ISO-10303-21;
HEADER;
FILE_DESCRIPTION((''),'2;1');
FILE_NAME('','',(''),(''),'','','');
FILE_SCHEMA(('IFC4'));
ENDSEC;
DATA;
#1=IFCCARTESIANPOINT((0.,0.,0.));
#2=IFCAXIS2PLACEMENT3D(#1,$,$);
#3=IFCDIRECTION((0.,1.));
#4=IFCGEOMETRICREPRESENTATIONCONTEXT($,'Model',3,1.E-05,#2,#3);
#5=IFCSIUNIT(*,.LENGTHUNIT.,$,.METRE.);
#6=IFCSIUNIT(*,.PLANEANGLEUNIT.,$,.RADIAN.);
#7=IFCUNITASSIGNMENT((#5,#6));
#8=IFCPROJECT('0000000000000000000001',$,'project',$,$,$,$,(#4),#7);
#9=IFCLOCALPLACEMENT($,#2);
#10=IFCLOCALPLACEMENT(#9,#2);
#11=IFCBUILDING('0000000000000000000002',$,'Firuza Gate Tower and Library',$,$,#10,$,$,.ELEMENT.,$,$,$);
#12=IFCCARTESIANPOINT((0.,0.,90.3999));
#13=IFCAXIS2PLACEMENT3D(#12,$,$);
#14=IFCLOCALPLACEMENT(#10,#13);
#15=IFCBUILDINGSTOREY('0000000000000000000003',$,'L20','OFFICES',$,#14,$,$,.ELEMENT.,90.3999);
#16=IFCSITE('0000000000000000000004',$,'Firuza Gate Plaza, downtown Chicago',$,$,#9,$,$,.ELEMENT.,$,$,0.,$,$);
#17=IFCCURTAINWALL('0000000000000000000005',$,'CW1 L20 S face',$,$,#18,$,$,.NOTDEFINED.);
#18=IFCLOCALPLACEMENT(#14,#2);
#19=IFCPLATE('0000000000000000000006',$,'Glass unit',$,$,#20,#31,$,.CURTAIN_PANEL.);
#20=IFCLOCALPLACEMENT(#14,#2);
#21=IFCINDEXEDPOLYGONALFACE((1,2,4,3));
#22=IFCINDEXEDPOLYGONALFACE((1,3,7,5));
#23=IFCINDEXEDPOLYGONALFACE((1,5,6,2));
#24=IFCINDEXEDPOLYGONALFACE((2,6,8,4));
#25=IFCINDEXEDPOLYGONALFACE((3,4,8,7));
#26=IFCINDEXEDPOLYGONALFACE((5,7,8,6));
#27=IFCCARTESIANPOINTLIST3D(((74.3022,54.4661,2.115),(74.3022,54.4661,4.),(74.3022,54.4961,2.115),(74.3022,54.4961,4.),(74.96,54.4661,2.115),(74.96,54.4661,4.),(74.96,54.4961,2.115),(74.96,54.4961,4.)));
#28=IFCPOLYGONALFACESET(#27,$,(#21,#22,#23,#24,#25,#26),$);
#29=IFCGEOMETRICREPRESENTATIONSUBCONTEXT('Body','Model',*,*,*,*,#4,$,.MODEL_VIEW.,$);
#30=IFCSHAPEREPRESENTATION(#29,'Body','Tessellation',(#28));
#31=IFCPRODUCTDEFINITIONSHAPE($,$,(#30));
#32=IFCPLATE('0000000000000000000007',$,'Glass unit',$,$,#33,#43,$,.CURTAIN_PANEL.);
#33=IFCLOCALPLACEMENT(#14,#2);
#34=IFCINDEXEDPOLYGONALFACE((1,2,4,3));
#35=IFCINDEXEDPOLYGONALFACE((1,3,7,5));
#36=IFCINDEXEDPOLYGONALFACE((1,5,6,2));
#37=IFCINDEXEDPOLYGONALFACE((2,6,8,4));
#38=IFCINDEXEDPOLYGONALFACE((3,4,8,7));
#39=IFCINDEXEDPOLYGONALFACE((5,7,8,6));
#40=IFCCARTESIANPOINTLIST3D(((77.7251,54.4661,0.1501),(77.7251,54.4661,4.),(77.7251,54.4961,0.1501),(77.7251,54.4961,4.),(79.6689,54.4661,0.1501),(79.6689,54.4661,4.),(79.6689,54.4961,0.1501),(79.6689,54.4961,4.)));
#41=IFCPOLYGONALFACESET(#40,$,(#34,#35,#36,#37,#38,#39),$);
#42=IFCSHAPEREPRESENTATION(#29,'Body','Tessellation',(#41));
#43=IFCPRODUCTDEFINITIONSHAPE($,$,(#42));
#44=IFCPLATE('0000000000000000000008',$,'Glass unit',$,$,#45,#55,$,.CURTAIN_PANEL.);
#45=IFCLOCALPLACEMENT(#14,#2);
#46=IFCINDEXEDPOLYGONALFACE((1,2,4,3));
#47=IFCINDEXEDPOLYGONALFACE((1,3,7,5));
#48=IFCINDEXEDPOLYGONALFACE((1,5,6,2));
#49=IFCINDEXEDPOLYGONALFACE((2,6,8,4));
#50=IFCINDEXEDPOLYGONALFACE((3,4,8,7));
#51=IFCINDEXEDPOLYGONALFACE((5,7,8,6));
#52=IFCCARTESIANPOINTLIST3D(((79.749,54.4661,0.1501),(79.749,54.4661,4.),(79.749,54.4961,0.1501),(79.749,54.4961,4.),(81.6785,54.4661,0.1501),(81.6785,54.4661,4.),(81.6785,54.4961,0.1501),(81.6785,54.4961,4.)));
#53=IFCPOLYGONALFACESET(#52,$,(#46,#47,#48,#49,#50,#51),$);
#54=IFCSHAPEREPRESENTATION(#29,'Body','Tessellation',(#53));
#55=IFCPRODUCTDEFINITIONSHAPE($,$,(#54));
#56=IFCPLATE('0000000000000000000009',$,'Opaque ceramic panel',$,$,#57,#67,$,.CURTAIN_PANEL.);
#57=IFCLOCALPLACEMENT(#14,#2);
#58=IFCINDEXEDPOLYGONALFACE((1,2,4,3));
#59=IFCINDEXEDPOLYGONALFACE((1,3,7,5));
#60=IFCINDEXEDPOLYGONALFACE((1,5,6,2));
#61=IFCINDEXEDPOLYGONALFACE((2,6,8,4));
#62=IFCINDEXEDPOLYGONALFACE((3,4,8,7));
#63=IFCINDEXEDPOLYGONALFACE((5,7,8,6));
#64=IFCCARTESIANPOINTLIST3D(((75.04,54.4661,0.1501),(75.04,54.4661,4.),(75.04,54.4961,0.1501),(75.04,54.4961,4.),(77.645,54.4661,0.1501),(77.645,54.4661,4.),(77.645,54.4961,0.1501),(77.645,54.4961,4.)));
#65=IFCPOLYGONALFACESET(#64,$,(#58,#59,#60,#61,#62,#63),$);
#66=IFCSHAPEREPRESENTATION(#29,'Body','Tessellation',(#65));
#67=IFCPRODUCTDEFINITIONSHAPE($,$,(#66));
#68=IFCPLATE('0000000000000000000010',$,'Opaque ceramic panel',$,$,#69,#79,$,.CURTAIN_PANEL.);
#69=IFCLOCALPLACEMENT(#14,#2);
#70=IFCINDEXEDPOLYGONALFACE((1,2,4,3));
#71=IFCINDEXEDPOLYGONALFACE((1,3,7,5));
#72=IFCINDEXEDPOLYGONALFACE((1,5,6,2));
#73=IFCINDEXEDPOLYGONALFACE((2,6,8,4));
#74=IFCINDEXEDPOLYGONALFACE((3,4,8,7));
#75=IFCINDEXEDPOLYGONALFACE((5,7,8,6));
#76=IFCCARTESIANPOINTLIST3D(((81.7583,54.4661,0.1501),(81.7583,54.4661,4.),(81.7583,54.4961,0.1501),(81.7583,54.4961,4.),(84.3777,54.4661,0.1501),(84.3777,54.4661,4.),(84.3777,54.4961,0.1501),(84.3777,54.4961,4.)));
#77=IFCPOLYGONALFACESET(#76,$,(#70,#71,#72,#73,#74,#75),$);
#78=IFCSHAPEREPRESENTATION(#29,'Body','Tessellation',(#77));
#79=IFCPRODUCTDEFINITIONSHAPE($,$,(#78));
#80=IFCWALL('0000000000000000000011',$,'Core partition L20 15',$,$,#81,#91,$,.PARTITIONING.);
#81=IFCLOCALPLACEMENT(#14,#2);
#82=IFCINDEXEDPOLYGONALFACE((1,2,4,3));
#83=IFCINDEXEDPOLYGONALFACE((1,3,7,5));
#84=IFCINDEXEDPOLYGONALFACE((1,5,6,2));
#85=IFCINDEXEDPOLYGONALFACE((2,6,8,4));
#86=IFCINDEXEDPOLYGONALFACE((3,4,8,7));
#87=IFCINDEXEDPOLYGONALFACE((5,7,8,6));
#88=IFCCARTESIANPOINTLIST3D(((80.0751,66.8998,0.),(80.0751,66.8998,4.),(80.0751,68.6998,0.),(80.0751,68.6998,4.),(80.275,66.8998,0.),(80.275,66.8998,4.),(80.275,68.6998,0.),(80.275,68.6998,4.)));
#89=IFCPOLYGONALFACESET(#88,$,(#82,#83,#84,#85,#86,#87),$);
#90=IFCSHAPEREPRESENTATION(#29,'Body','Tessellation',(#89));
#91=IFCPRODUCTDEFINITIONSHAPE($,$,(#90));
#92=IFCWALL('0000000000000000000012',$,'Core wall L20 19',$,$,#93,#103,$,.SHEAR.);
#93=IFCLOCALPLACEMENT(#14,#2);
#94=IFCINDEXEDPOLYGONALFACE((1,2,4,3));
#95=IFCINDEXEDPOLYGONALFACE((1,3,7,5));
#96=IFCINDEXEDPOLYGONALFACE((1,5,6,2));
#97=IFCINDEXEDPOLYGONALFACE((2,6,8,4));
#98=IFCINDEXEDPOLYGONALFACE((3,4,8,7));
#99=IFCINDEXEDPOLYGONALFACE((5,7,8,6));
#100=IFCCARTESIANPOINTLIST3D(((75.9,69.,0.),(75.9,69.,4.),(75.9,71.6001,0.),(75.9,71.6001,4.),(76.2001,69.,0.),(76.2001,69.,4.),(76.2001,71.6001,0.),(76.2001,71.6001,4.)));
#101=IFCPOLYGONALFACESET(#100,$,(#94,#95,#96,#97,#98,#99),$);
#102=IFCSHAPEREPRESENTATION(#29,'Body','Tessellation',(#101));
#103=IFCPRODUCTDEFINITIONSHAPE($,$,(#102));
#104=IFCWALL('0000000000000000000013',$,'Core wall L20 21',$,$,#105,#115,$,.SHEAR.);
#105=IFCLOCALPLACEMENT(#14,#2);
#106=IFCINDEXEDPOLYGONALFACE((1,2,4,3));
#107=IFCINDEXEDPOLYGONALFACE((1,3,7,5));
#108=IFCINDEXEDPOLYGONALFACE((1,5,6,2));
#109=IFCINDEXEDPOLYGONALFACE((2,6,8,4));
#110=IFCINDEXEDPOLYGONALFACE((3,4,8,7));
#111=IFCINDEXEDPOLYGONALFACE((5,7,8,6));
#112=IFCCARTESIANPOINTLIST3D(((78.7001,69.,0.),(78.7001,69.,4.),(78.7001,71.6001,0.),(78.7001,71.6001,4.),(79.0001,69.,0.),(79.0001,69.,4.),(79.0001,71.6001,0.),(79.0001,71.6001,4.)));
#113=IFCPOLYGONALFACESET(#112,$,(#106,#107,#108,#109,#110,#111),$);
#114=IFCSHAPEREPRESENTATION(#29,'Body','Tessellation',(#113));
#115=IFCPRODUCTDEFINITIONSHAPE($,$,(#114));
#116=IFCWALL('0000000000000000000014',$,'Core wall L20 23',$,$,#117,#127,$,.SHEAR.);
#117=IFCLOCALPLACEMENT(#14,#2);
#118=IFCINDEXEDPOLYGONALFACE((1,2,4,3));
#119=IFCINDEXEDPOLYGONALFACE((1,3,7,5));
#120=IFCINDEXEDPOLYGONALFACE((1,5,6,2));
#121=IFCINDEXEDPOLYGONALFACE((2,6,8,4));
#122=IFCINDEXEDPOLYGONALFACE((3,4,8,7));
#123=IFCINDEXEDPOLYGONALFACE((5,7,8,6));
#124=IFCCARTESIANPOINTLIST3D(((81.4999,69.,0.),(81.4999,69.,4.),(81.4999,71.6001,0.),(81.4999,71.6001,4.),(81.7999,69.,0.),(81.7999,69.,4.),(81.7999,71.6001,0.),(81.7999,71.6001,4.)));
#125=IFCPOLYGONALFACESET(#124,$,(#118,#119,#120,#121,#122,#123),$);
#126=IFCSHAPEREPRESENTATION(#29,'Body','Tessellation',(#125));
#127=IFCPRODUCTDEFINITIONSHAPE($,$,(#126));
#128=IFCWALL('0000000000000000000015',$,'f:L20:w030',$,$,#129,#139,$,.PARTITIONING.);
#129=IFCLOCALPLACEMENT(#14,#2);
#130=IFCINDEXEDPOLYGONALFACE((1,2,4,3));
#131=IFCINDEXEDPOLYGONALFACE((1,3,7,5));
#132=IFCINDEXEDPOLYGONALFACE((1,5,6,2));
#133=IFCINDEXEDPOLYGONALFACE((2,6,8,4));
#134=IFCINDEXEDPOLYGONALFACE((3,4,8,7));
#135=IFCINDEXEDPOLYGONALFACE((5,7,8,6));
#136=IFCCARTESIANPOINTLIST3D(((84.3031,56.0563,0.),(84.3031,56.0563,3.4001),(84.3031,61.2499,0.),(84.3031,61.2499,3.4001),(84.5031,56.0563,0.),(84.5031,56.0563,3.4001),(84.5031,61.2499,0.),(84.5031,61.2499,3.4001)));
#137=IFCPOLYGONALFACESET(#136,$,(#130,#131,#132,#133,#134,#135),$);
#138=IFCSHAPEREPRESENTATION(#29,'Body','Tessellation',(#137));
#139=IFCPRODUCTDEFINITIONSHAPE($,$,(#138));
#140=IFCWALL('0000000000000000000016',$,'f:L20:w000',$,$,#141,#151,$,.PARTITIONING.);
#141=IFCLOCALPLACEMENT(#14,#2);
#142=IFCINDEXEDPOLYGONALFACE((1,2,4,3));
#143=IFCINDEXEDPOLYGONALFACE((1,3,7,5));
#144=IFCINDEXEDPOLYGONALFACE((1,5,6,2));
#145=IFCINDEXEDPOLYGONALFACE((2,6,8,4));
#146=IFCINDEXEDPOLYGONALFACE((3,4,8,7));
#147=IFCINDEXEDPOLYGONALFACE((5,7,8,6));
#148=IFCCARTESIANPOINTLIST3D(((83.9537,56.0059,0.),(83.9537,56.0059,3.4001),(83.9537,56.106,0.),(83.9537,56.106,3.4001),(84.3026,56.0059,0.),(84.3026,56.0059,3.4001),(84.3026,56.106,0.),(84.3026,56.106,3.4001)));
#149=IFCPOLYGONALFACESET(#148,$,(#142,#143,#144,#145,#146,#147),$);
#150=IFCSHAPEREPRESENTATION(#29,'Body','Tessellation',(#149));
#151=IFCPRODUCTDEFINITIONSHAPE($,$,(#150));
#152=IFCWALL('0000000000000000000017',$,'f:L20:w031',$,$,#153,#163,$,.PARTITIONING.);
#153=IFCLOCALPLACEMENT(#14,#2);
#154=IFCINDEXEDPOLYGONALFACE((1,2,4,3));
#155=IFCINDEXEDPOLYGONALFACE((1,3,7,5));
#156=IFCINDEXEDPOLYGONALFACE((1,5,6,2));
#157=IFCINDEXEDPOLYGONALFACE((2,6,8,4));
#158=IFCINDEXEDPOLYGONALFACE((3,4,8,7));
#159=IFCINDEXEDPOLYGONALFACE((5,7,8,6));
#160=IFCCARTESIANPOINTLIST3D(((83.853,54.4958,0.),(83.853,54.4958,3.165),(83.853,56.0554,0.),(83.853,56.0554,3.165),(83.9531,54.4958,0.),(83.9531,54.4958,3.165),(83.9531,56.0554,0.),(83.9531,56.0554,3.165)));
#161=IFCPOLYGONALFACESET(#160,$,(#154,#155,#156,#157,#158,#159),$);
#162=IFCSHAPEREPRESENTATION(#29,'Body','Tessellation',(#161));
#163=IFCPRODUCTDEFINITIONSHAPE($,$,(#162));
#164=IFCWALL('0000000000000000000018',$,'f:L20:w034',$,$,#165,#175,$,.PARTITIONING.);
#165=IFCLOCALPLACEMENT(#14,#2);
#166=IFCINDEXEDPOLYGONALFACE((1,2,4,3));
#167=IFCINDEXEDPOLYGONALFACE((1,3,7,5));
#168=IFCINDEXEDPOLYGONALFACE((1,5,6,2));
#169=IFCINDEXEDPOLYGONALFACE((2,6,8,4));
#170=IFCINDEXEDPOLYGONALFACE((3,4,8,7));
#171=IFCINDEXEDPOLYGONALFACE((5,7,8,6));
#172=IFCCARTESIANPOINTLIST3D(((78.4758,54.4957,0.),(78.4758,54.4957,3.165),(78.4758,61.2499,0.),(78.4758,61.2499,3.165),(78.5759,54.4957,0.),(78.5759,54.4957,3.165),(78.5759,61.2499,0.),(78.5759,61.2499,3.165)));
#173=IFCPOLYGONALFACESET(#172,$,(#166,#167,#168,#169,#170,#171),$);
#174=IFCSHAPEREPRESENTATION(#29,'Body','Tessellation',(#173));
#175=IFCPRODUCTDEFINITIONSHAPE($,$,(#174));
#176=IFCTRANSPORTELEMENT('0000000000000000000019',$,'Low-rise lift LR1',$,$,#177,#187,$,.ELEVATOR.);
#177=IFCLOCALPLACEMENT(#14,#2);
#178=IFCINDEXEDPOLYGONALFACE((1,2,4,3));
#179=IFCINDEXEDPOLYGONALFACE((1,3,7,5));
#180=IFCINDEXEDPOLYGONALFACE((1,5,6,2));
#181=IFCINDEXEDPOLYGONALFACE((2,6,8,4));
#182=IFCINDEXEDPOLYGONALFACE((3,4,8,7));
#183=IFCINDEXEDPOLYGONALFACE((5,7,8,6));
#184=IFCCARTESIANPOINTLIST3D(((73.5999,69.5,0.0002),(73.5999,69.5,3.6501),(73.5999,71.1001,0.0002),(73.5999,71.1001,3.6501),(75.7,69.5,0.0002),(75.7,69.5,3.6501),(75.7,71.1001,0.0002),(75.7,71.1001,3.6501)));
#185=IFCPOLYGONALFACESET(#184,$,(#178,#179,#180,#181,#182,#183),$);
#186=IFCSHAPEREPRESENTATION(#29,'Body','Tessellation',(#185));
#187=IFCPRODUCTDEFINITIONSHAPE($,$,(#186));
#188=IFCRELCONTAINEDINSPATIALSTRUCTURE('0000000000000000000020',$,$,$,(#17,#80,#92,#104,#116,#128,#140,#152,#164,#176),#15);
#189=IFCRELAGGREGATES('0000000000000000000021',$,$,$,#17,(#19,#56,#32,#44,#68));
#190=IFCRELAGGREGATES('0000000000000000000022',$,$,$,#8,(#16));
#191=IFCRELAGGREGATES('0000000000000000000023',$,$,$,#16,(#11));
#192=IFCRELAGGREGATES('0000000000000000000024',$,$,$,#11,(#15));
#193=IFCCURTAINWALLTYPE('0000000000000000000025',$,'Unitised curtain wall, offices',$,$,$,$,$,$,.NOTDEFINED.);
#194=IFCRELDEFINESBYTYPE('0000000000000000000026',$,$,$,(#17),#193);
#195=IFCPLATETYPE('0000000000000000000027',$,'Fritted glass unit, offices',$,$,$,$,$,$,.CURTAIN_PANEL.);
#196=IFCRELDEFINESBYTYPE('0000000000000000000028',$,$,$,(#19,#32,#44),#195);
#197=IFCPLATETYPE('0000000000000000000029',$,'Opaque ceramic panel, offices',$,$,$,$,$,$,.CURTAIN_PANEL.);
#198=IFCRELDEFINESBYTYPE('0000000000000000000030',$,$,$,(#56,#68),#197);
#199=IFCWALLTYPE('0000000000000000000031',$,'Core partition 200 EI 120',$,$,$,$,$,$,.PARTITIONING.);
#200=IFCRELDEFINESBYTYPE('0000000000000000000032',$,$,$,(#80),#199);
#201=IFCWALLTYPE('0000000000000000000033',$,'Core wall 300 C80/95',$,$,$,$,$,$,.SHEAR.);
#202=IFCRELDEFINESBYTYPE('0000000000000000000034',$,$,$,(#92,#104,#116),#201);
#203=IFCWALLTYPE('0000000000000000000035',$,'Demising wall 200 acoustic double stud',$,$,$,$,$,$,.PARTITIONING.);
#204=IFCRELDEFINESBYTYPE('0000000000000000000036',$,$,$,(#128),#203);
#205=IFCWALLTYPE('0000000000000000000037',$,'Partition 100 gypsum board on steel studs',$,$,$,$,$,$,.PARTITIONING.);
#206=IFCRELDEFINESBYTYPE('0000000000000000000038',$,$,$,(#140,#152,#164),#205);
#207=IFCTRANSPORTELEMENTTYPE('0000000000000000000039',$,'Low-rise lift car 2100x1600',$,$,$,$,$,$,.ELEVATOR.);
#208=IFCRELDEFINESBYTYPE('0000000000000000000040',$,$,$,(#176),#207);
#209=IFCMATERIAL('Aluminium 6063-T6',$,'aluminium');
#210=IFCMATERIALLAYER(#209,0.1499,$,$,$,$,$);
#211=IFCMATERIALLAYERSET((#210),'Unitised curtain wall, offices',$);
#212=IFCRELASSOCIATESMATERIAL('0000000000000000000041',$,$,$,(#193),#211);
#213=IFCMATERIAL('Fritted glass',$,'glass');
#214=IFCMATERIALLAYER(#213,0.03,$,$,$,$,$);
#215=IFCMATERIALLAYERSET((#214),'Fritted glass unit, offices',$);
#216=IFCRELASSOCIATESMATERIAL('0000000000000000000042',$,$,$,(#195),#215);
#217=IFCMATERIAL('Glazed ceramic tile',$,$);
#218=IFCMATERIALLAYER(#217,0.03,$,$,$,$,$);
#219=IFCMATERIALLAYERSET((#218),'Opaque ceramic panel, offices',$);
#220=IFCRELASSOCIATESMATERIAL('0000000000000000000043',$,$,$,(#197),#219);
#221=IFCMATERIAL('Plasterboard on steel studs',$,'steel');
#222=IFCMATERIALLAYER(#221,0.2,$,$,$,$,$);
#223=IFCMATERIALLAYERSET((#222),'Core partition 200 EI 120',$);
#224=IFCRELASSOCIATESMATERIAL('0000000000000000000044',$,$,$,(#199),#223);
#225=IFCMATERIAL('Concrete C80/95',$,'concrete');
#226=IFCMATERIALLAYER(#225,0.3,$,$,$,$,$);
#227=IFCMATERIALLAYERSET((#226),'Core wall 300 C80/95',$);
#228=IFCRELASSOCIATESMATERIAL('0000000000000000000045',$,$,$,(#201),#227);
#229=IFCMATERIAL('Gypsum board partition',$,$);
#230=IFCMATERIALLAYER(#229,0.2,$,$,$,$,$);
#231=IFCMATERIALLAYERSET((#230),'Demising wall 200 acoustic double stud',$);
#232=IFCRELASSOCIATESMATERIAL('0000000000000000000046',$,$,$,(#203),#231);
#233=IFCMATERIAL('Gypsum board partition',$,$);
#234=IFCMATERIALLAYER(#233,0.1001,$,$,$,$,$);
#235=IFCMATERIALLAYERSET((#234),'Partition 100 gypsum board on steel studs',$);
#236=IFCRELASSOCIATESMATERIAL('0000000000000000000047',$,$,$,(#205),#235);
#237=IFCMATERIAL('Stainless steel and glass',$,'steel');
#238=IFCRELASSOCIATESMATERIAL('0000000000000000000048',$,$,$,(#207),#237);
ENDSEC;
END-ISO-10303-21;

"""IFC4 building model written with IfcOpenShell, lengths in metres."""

from ifc_helpers import new_model, si_unit, direction, frame, frame_2d, origin, origin_2d, place, context, subcontext, project, spatial, polyline, rectangle, outline, extrude, material, layer, layer_set, type_object, element, aggregate, save


model = new_model("IFC4")

# Units and contexts
model_context = context("Model", 3, precision=1e-05, world=origin(), true_north=direction((0.0, 1.0)))
body_context = subcontext(model_context, "Body", "Model", "MODEL_VIEW")
ifc_project = project(units=[si_unit("LENGTHUNIT", "METRE"), si_unit("PLANEANGLEUNIT", "RADIAN")], contexts=[model_context])

# Site, building, storey
site_placement = place(None, origin())
site = spatial("IfcSite", under=ifc_project, at=site_placement, Name="Firuza Gate Plaza, downtown Chicago", CompositionType="ELEMENT", RefElevation=0.0)
building_placement = place(site_placement, origin())
building = spatial("IfcBuilding", under=site, at=building_placement, Name="Firuza Gate Tower and Library", CompositionType="ELEMENT")
storey_placement = place(building_placement, frame((0.0, 0.0, 90.3999)))
storey = spatial("IfcBuildingStorey", under=building, at=storey_placement, Name="L20", Description="OFFICES", CompositionType="ELEMENT", Elevation=90.3999)

# Curtain wall
ifc_material_1 = material(Name="Aluminium 6063-T6", Category="aluminium")
ifc_layer_1 = layer(ifc_material_1, 0.1499)
ifc_layer_set_1 = layer_set([ifc_layer_1], Name="Unitised curtain wall, offices")
curtain_wall_type = type_object("IfcCurtainWallType", Name="Unitised curtain wall, offices", PredefinedType="NOTDEFINED", material=ifc_layer_set_1)
curtain_wall_placement = place(storey_placement, origin())
curtain_wall = element("IfcCurtainWall", 1, at=curtain_wall_placement, inside=storey, type_object=curtain_wall_type, Name="CW1 L20 S face", PredefinedType="NOTDEFINED")

# Plates
ifc_material_2 = material(Name="Fritted glass", Category="glass")
ifc_layer_2 = layer(ifc_material_2, 0.03)
ifc_layer_set_2 = layer_set([ifc_layer_2], Name="Fritted glass unit, offices")
plate_type_1 = type_object("IfcPlateType", Name="Fritted glass unit, offices", PredefinedType="CURTAIN_PANEL", material=ifc_layer_set_2)
plate_1_placement = place(storey_placement, frame((74.3022, 54.4661, 2.115), z_axis=(0.0, -1.0, 0.0), x_axis=(1.0, 0.0, 0.0)))
plate_1 = element("IfcPlate", 2, at=plate_1_placement, type_object=plate_type_1, Name="Glass unit", PredefinedType="CURTAIN_PANEL", context=body_context, shape_type="SweptSolid", body=[
    extrude(outline(polyline([(0.0, 0.0), (0.6577, 0.0), (0.6577, 1.885), (0.0, 1.885), (0.0, 0.0)])), origin(), (0.0, 0.0, -1.0), 0.03),
])
plate_2_placement = place(storey_placement, frame((77.7251, 54.4661, 0.1501), z_axis=(0.0, -1.0, 0.0), x_axis=(1.0, 0.0, 0.0)))
plate_2 = element("IfcPlate", 3, at=plate_2_placement, type_object=plate_type_1, Name="Glass unit", PredefinedType="CURTAIN_PANEL", context=body_context, shape_type="SweptSolid", body=[
    extrude(outline(polyline([(0.0, 0.0), (1.9438, 0.0), (1.9438, 3.8499), (0.0, 3.8499), (0.0, 0.0)])), origin(), (0.0, 0.0, -1.0), 0.03),
])
plate_3_placement = place(storey_placement, frame((79.749, 54.4661, 0.1501), z_axis=(0.0, -1.0, 0.0), x_axis=(1.0, 0.0, 0.0)))
plate_3 = element("IfcPlate", 4, at=plate_3_placement, type_object=plate_type_1, Name="Glass unit", PredefinedType="CURTAIN_PANEL", context=body_context, shape_type="SweptSolid", body=[
    extrude(outline(polyline([(0.0, 0.0), (1.9294, 0.0), (1.9294, 3.8499), (0.0, 3.8499), (0.0, 0.0)])), origin(), (0.0, 0.0, -1.0), 0.03),
])
ifc_material_3 = material(Name="Glazed ceramic tile")
ifc_layer_3 = layer(ifc_material_3, 0.03)
ifc_layer_set_3 = layer_set([ifc_layer_3], Name="Opaque ceramic panel, offices")
plate_type_2 = type_object("IfcPlateType", Name="Opaque ceramic panel, offices", PredefinedType="CURTAIN_PANEL", material=ifc_layer_set_3)
plate_4_placement = place(storey_placement, frame((75.04, 54.4661, 0.1501), z_axis=(0.0, -1.0, 0.0), x_axis=(1.0, 0.0, 0.0)))
plate_4 = element("IfcPlate", 5, at=plate_4_placement, type_object=plate_type_2, Name="Opaque ceramic panel", PredefinedType="CURTAIN_PANEL", context=body_context, shape_type="SweptSolid", body=[
    extrude(outline(polyline([(0.0, 0.0), (2.605, 0.0), (2.605, 3.8499), (0.0, 3.8499), (0.0, 0.0)])), origin(), (0.0, 0.0, -1.0), 0.03),
])
plate_5_placement = place(storey_placement, frame((81.7583, 54.4661, 0.1501), z_axis=(0.0, -1.0, 0.0), x_axis=(1.0, 0.0, 0.0)))
plate_5 = element("IfcPlate", 6, at=plate_5_placement, type_object=plate_type_2, Name="Opaque ceramic panel", PredefinedType="CURTAIN_PANEL", context=body_context, shape_type="SweptSolid", body=[
    extrude(outline(polyline([(0.0, 0.0), (2.6194, 0.0), (2.6194, 3.8499), (0.0, 3.8499), (0.0, 0.0)])), origin(), (0.0, 0.0, -1.0), 0.03),
])
aggregate(curtain_wall, [plate_1, plate_4, plate_2, plate_3, plate_5])

# Walls
ifc_material_4 = material(Name="Plasterboard on steel studs", Category="steel")
ifc_layer_4 = layer(ifc_material_4, 0.2)
ifc_layer_set_4 = layer_set([ifc_layer_4], Name="Core partition 200 EI 120")
wall_type_1 = type_object("IfcWallType", Name="Core partition 200 EI 120", PredefinedType="PARTITIONING", material=ifc_layer_set_4)
wall_1_placement = place(storey_placement, frame((80.175, 66.8999, 0.0), z_axis=(0.0, 0.0, 1.0), x_axis=(0.0, 1.0, 0.0)))
element("IfcWall", 7, at=wall_1_placement, inside=storey, type_object=wall_type_1, Name="Core partition L20 15", PredefinedType="PARTITIONING", context=body_context, shape_type="SweptSolid", body=[
    extrude(rectangle(XDim=1.8, YDim=0.2, at=frame_2d((0.8999, 0.0))), origin(), (0.0, 0.0, 1.0), 4.0),
])
ifc_material_5 = material(Name="Concrete C80/95", Category="concrete")
ifc_layer_5 = layer(ifc_material_5, 0.3)
ifc_layer_set_5 = layer_set([ifc_layer_5], Name="Core wall 300 C80/95")
wall_type_2 = type_object("IfcWallType", Name="Core wall 300 C80/95", PredefinedType="SHEAR", material=ifc_layer_set_5)
for number, where, z_axis, x_axis, name in (
    (8, (76.05, 69.0, 0.0), (0.0, 0.0, 1.0), (0.0, 1.0, 0.0), "Core wall L20 19"),
    (9, (78.8501, 69.0, 0.0), (0.0, 0.0, 1.0), (0.0, 1.0, 0.0), "Core wall L20 21"),
    (10, (81.6499, 69.0, 0.0), (0.0, 0.0, 1.0), (0.0, 1.0, 0.0), "Core wall L20 23"),
):
    element("IfcWall", number, at=place(storey_placement, frame(where, z_axis=z_axis, x_axis=x_axis)), inside=storey, type_object=wall_type_2, Name=name, PredefinedType="SHEAR", context=body_context, shape_type="SweptSolid", body=[
        extrude(rectangle(XDim=2.6001, YDim=0.3, at=frame_2d((1.3, 0.0))), origin(), (0.0, 0.0, 1.0), 4.0),
    ])
ifc_material_6 = material(Name="Gypsum board partition")
ifc_layer_6 = layer(ifc_material_6, 0.2)
ifc_layer_set_6 = layer_set([ifc_layer_6], Name="Demising wall 200 acoustic double stud")
wall_type_3 = type_object("IfcWallType", Name="Demising wall 200 acoustic double stud", PredefinedType="PARTITIONING", material=ifc_layer_set_6)
wall_2_placement = place(storey_placement, frame((84.4031, 56.0564, 0.0), z_axis=(0.0, 0.0, 1.0), x_axis=(0.0, 1.0, 0.0)))
element("IfcWall", 11, at=wall_2_placement, inside=storey, type_object=wall_type_3, Name="f:L20:w030", PredefinedType="PARTITIONING", context=body_context, shape_type="SweptSolid", body=[
    extrude(rectangle(XDim=5.1936, YDim=0.2, at=frame_2d((2.5967, 0.0))), origin(), (0.0, 0.0, 1.0), 3.4001),
])
ifc_material_7 = material(Name="Gypsum board partition")
ifc_layer_7 = layer(ifc_material_7, 0.1001)
ifc_layer_set_7 = layer_set([ifc_layer_7], Name="Partition 100 gypsum board on steel studs")
wall_type_4 = type_object("IfcWallType", Name="Partition 100 gypsum board on steel studs", PredefinedType="PARTITIONING", material=ifc_layer_set_7)
wall_3_placement = place(storey_placement, frame((83.9539, 56.0559, 0.0), z_axis=(0.0, 0.0, 1.0), x_axis=(1.0, 0.0, 0.0)))
element("IfcWall", 12, at=wall_3_placement, inside=storey, type_object=wall_type_4, Name="f:L20:w000", PredefinedType="PARTITIONING", context=body_context, shape_type="SweptSolid", body=[
    extrude(rectangle(XDim=0.3489, YDim=0.1001, at=frame_2d((0.1743, 0.0))), origin(), (0.0, 0.0, 1.0), 3.4001),
])
wall_4_placement = place(storey_placement, frame((83.9031, 54.4958, 0.0), z_axis=(0.0, 0.0, 1.0), x_axis=(0.0, 1.0, 0.0)))
element("IfcWall", 13, at=wall_4_placement, inside=storey, type_object=wall_type_4, Name="f:L20:w031", PredefinedType="PARTITIONING", context=body_context, shape_type="SweptSolid", body=[
    extrude(rectangle(XDim=1.5596, YDim=0.1001, at=frame_2d((0.7798, 0.0))), origin(), (0.0, 0.0, 1.0), 3.165),
])
wall_5_placement = place(storey_placement, frame((78.5259, 54.4958, 0.0), z_axis=(0.0, 0.0, 1.0), x_axis=(0.0, 1.0, 0.0)))
element("IfcWall", 14, at=wall_5_placement, inside=storey, type_object=wall_type_4, Name="f:L20:w034", PredefinedType="PARTITIONING", context=body_context, shape_type="SweptSolid", body=[
    extrude(rectangle(XDim=6.7542, YDim=0.1001, at=frame_2d((3.377, 0.0))), origin(), (0.0, 0.0, 1.0), 3.165),
])

# Transport element
ifc_material_8 = material(Name="Stainless steel and glass", Category="steel")
transport_element_type = type_object("IfcTransportElementType", Name="Low-rise lift car 2100x1600", PredefinedType="ELEVATOR", material=ifc_material_8)
for number, where, z_axis, x_axis, name in (
    (15, (74.6499, 70.3, 0.0002), (0.0, 0.0, 1.0), (1.0, 0.0, 0.0), "Low-rise lift LR1"),
):
    element("IfcTransportElement", number, at=place(storey_placement, frame(where, z_axis=z_axis, x_axis=x_axis)), inside=storey, type_object=transport_element_type, Name=name, PredefinedType="ELEVATOR", context=body_context, shape_type="SweptSolid", body=[
        extrude(rectangle(XDim=2.1001, YDim=1.6001, at=origin_2d()), origin(), (0.0, 0.0, 1.0), 3.6499),
    ])

save(model, "model.ifc")
